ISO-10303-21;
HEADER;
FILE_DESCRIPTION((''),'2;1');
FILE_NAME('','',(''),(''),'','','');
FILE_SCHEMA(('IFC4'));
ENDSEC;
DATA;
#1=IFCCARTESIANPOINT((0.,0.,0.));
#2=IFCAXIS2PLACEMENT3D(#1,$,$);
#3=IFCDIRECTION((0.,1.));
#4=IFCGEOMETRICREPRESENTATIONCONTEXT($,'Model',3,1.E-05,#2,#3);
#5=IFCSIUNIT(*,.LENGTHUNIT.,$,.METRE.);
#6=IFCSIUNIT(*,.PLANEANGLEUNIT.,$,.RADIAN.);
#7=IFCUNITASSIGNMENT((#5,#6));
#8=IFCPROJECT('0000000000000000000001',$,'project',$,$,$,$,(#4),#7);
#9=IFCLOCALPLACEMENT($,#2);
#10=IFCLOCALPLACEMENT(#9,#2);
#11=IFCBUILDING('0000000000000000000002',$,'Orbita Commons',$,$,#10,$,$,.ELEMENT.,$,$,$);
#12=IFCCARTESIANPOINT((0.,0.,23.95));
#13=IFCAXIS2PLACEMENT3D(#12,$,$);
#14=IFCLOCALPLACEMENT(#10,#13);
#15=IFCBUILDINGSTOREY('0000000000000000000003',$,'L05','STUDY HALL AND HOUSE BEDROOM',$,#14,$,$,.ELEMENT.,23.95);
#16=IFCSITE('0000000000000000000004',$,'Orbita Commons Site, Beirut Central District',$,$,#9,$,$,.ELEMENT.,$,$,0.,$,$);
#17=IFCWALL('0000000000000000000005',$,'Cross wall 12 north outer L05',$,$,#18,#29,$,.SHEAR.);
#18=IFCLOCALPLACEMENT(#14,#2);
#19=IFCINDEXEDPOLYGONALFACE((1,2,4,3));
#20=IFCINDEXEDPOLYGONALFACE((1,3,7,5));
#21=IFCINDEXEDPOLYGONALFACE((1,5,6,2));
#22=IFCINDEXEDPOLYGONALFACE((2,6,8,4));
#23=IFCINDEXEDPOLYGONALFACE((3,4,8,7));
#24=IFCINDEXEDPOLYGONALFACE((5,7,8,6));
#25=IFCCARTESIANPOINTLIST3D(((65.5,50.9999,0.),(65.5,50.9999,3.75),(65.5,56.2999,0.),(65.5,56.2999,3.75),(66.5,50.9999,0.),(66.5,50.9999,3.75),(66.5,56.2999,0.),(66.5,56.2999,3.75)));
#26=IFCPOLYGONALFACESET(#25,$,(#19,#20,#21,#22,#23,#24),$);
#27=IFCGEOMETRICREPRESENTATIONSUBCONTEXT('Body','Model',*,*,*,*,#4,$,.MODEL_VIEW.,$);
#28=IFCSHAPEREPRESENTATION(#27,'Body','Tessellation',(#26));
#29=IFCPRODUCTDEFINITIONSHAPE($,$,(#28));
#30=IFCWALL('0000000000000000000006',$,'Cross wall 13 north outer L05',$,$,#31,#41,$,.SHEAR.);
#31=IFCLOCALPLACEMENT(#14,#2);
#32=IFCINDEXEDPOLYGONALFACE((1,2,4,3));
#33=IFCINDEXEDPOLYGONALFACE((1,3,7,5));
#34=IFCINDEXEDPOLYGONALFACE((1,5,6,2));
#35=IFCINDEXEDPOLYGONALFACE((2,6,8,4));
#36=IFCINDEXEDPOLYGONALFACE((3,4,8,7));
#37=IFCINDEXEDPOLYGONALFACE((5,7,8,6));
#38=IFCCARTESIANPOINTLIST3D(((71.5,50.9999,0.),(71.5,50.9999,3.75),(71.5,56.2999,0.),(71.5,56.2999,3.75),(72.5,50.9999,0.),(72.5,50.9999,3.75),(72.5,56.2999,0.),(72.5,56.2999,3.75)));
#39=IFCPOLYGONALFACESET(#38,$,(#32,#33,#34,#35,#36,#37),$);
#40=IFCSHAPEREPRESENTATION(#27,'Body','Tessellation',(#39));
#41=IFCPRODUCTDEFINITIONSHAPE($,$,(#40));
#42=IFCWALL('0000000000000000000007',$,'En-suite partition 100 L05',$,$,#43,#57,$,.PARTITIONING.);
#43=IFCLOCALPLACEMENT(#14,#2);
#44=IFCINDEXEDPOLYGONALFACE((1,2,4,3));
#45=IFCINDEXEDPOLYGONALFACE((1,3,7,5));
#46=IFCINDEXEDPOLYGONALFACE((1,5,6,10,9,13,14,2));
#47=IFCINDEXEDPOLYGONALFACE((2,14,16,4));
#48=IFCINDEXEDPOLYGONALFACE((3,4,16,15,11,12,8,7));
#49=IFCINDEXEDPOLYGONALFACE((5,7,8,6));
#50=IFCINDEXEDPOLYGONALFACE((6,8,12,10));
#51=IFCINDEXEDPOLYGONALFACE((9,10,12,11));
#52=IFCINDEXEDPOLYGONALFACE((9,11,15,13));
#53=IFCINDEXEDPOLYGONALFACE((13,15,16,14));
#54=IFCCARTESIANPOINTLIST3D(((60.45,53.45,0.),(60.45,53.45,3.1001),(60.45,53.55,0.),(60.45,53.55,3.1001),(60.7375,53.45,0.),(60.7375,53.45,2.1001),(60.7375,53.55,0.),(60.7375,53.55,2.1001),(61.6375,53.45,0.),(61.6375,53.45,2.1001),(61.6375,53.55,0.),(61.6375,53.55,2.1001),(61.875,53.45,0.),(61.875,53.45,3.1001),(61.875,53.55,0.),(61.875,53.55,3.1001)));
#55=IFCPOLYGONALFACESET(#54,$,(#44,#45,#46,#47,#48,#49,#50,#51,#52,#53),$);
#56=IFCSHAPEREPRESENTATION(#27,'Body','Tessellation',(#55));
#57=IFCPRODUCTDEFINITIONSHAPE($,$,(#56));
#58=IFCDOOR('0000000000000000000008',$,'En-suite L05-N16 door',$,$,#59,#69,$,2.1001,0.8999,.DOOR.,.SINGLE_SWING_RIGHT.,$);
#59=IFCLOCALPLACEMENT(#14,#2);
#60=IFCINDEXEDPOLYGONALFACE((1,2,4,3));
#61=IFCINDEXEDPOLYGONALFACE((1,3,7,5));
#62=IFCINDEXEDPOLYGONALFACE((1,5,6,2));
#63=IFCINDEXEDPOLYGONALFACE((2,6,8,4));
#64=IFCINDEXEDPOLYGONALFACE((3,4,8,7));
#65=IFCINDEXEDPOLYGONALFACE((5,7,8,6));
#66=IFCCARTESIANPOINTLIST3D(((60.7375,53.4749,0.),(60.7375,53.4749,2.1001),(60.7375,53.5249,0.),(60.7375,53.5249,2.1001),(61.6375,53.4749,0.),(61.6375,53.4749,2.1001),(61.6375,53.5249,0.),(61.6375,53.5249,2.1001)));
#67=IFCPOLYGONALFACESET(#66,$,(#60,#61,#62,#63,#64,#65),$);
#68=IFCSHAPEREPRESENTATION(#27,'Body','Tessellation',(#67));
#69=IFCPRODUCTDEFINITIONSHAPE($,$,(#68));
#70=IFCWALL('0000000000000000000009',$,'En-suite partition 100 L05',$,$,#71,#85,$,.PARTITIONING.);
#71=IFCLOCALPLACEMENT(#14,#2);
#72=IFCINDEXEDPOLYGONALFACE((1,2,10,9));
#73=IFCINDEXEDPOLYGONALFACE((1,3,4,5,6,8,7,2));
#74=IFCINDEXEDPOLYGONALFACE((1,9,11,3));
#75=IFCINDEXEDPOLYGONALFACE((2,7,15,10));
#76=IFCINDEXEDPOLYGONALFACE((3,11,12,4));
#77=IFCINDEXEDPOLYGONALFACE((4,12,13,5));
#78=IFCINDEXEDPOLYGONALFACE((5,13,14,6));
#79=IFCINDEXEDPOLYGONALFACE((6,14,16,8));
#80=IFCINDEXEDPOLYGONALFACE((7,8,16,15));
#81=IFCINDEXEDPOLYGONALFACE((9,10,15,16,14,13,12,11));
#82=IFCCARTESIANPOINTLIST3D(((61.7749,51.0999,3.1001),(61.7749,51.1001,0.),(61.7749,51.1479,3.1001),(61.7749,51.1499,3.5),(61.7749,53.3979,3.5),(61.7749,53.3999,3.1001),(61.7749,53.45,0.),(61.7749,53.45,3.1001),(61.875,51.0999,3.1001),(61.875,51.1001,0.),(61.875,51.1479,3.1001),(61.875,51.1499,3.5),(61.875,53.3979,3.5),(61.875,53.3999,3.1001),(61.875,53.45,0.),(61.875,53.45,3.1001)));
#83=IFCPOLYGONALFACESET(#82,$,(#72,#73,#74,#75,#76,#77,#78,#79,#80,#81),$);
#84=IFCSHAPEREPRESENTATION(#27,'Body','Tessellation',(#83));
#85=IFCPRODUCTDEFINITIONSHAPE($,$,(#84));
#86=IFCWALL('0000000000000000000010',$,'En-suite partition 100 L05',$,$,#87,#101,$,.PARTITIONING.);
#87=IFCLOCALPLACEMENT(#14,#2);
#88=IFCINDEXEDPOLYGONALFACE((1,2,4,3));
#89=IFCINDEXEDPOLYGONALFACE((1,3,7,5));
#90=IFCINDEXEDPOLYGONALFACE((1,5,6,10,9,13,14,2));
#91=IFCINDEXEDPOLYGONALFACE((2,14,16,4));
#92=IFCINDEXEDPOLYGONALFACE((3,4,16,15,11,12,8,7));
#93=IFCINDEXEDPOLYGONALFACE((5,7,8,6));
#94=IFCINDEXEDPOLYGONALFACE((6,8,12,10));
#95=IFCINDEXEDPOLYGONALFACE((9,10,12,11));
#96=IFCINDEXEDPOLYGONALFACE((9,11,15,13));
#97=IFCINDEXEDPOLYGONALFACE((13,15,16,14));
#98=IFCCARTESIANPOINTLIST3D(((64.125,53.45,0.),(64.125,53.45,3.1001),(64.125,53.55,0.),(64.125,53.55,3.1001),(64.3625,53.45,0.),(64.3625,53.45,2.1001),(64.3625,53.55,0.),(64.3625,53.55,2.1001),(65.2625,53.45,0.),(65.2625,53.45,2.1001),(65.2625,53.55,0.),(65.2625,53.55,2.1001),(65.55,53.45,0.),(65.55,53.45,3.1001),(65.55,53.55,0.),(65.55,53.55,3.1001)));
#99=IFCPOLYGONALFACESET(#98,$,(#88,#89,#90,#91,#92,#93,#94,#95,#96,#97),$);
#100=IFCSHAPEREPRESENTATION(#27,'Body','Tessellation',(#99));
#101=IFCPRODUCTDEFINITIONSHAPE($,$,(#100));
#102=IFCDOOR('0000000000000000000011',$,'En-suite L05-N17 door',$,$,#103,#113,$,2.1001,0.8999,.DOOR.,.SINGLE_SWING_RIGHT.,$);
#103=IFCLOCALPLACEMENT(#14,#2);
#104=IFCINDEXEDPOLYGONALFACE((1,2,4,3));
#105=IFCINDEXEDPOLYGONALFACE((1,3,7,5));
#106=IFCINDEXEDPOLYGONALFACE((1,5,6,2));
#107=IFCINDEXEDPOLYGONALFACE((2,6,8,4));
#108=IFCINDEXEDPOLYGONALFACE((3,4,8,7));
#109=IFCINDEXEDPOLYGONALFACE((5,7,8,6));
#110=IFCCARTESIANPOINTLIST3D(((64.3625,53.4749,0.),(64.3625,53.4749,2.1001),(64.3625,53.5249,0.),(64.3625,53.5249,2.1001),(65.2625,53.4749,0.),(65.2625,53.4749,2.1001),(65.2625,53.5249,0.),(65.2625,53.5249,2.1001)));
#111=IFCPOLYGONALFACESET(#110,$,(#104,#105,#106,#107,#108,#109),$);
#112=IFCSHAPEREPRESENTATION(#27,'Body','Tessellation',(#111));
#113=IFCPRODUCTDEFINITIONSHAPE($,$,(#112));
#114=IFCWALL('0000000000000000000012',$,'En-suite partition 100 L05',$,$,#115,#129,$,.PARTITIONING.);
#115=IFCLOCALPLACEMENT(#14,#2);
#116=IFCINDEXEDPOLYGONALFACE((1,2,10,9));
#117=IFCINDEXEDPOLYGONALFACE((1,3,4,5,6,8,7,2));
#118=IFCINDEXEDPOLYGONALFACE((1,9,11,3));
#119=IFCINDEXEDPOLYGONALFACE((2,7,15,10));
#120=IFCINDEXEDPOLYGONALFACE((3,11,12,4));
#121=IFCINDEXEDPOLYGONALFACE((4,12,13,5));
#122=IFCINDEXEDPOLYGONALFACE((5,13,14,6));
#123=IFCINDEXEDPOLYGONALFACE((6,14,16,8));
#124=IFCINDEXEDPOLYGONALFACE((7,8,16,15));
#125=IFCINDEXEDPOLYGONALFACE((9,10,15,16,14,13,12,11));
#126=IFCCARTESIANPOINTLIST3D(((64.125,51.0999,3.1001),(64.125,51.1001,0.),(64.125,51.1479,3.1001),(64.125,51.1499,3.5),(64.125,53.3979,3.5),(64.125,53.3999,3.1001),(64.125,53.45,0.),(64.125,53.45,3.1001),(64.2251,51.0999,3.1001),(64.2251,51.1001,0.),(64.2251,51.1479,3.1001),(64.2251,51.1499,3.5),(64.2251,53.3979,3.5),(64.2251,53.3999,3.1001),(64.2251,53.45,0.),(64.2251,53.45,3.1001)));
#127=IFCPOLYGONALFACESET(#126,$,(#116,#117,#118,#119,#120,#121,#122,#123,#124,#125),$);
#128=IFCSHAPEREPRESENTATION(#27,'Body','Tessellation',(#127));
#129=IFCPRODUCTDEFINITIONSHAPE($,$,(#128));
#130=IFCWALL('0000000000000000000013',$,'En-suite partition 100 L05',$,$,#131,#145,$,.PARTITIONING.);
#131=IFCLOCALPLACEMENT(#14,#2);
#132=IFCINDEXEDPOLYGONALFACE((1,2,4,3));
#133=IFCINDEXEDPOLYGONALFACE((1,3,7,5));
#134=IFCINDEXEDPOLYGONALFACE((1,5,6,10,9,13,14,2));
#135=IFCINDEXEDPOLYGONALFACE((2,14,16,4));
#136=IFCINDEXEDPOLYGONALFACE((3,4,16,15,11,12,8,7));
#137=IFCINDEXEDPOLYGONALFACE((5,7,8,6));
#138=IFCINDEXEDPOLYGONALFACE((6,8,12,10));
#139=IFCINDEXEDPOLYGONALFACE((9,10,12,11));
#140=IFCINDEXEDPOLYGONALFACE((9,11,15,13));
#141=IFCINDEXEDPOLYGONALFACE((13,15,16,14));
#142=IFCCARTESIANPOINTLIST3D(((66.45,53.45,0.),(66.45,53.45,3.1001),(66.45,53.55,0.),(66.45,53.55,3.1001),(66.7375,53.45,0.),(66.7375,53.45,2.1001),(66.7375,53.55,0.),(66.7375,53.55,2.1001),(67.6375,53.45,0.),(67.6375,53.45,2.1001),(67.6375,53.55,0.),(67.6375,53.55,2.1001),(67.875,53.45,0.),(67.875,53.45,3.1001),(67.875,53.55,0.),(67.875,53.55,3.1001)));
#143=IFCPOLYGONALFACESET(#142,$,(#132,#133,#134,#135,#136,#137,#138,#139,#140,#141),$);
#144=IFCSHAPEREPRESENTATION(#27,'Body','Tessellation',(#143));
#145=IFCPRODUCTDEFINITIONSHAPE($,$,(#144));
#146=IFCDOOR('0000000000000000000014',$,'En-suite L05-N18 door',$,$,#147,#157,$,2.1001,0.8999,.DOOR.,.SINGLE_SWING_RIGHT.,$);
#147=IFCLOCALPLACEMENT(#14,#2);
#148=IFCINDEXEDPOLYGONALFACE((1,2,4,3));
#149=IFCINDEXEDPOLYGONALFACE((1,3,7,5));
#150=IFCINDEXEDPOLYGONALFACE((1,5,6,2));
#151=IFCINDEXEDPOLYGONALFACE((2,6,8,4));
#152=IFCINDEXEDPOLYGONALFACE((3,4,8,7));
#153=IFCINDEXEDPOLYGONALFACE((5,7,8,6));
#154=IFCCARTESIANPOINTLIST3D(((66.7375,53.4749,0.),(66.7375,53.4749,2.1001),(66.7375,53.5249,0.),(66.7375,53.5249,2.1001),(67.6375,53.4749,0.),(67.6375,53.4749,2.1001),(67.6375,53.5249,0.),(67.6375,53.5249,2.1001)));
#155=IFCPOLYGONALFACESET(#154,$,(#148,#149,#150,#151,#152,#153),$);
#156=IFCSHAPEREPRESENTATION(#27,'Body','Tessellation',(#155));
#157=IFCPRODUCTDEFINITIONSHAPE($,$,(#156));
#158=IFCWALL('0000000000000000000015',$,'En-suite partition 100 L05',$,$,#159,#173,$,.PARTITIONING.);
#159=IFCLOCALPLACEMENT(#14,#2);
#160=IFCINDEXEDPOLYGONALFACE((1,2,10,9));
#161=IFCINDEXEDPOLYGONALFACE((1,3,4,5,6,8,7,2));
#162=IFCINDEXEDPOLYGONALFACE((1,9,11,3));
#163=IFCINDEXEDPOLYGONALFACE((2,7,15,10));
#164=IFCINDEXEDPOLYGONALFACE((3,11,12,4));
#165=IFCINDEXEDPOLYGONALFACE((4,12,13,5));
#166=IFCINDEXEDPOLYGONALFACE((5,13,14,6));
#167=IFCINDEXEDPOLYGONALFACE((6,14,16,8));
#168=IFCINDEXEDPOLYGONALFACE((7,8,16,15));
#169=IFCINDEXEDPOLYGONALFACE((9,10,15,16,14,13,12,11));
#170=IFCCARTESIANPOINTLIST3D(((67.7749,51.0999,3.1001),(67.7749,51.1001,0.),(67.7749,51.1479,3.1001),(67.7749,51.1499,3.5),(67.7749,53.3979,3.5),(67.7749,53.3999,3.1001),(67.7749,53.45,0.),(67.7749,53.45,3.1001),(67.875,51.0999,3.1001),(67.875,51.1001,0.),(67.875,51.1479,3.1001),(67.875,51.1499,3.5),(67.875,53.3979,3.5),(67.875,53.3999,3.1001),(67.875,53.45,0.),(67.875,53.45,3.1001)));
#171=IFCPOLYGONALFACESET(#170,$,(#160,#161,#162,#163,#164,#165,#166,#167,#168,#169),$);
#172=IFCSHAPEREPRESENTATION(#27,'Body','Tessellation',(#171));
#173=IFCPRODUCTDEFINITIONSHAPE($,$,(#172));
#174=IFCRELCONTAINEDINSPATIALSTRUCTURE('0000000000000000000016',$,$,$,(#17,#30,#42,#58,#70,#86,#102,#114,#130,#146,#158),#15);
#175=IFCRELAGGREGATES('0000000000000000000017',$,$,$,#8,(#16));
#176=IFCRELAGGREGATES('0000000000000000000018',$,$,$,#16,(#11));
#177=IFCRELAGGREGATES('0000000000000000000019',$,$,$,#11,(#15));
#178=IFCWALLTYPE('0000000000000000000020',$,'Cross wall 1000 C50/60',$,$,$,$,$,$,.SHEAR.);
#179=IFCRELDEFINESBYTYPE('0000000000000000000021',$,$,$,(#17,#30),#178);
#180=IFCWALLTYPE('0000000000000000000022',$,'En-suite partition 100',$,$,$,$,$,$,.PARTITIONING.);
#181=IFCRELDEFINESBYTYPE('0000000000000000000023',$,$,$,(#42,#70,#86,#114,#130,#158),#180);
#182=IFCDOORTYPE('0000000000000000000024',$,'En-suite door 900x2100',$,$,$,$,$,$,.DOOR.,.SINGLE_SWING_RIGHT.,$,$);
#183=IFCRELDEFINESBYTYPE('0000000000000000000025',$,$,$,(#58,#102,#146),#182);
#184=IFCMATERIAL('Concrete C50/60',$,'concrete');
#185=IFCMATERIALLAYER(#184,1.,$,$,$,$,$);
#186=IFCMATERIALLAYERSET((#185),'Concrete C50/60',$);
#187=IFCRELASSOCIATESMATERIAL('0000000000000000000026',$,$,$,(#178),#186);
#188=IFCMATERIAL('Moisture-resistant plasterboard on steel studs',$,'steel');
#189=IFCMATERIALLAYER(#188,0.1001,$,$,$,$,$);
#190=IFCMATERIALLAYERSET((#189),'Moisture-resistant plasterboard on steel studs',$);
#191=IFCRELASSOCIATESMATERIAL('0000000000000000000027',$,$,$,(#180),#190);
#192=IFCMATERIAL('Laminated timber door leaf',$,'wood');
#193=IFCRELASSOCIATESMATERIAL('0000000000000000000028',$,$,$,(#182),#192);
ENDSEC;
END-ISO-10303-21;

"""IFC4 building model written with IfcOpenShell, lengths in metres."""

from ifc_helpers import new_model, si_unit, direction, frame, frame_2d, origin, place, context, subcontext, project, spatial, polyline, rectangle, outline, extrude, material, layer, layer_set, type_object, element, fill, save


model = new_model("IFC4")

# Units and contexts
model_context = context("Model", 3, precision=1e-05, world=origin(), true_north=direction((0.0, 1.0)))
body_context = subcontext(model_context, "Body", "Model", "MODEL_VIEW")
ifc_project = project(units=[si_unit("LENGTHUNIT", "METRE"), si_unit("PLANEANGLEUNIT", "RADIAN")], contexts=[model_context])

# Site, building, storey
site_placement = place(None, origin())
site = spatial("IfcSite", under=ifc_project, at=site_placement, Name="Orbita Commons Site, Beirut Central District", CompositionType="ELEMENT", RefElevation=0.0)
building_placement = place(site_placement, origin())
building = spatial("IfcBuilding", under=site, at=building_placement, Name="Orbita Commons", CompositionType="ELEMENT")
storey_placement = place(building_placement, frame((0.0, 0.0, 23.95)))
storey = spatial("IfcBuildingStorey", under=building, at=storey_placement, Name="L05", Description="STUDY HALL AND HOUSE BEDROOM", CompositionType="ELEMENT", Elevation=23.95)

# Walls
ifc_material_1 = material(Name="Concrete C50/60", Category="concrete")
ifc_layer_1 = layer(ifc_material_1, 1.0)
ifc_layer_set_1 = layer_set([ifc_layer_1], Name="Concrete C50/60")
wall_type_1 = type_object("IfcWallType", Name="Cross wall 1000 C50/60", PredefinedType="SHEAR", material=ifc_layer_set_1)
for number, where, z_axis, x_axis, name in (
    (1, (66.0, 51.0, 0.0), (0.0, 0.0, 1.0), (0.0, 1.0, 0.0), "Cross wall 12 north outer L05"),
    (2, (72.0, 51.0, 0.0), (0.0, 0.0, 1.0), (0.0, 1.0, 0.0), "Cross wall 13 north outer L05"),
):
    element("IfcWall", number, at=place(storey_placement, frame(where, z_axis=z_axis, x_axis=x_axis)), inside=storey, type_object=wall_type_1, Name=name, PredefinedType="SHEAR", context=body_context, shape_type="SweptSolid", body=[
        extrude(rectangle(XDim=5.3, YDim=1.0, at=frame_2d((2.6499, 0.0))), origin(), (0.0, 0.0, 1.0), 3.75),
    ])

# Wall, opening, door
ifc_material_2 = material(Name="Moisture-resistant plasterboard on steel studs", Category="steel")
ifc_layer_2 = layer(ifc_material_2, 0.1001)
ifc_layer_set_2 = layer_set([ifc_layer_2], Name="Moisture-resistant plasterboard on steel studs")
wall_type_2 = type_object("IfcWallType", Name="En-suite partition 100", PredefinedType="PARTITIONING", material=ifc_layer_set_2)
wall_1_placement = place(storey_placement, frame((60.45, 53.5, 0.0), z_axis=(0.0, 0.0, 1.0), x_axis=(1.0, 0.0, 0.0)))
wall_1 = element("IfcWall", 3, at=wall_1_placement, inside=storey, type_object=wall_type_2, Name="En-suite partition 100 L05", PredefinedType="PARTITIONING", context=body_context, shape_type="SweptSolid", body=[
    extrude(outline(polyline([(0.0, 0.0), (1.425, 0.0), (1.425, 3.1001), (0.0, 3.1001), (0.0, 0.0)])), frame((0.0, 0.05, 0.0), z_axis=(0.0, -1.0, 0.0), x_axis=(1.0, 0.0, 0.0)), (0.0, 0.0, 1.0), 0.1001),
])
opening_1_placement = place(wall_1_placement, frame((0.2876, 0.0, 0.0)))
opening_1 = element("IfcOpeningElement", 4, at=opening_1_placement, cuts=wall_1, PredefinedType="OPENING", context=body_context, shape_type="SweptSolid", body=[
    extrude(rectangle(XDim=0.8999, YDim=2.1001, at=frame_2d((0.45, 1.05))), frame((0.0, 0.0601, 0.0), z_axis=(0.0, -1.0, 0.0), x_axis=(1.0, 0.0, 0.0)), (0.0, 0.0, 1.0), 0.1201),
])
ifc_material_3 = material(Name="Laminated timber door leaf", Category="wood")
door_type_1 = type_object("IfcDoorType", Name="En-suite door 900x2100", OperationType="SINGLE_SWING_RIGHT", PredefinedType="DOOR", material=ifc_material_3)
door_1_placement = place(opening_1_placement, origin())
door_1 = element("IfcDoor", 5, at=door_1_placement, inside=storey, type_object=door_type_1, Name="En-suite L05-N16 door", OperationType="SINGLE_SWING_RIGHT", OverallHeight=2.1001, OverallWidth=0.8999, PredefinedType="DOOR", context=body_context, shape_type="SweptSolid", body=[
    extrude(rectangle(XDim=0.8999, YDim=2.1001, at=frame_2d((0.45, 1.05))), frame((0.0, 0.0249, 0.0), z_axis=(0.0, -1.0, 0.0), x_axis=(1.0, 0.0, 0.0)), (0.0, 0.0, 1.0), 0.05),
])
fill(opening_1, door_1)

# Wall
wall_2_placement = place(storey_placement, frame((61.825, 53.45, 0.0), z_axis=(0.0, 0.0, 1.0), x_axis=(0.0, -1.0, 0.0)))
element("IfcWall", 6, at=wall_2_placement, inside=storey, type_object=wall_type_2, Name="En-suite partition 100 L05", PredefinedType="PARTITIONING", context=body_context, shape_type="SweptSolid", body=[
    extrude(outline(polyline([(0.0, 0.0), (2.3499, 0.0), (2.3501, 3.1001), (2.302, 3.1001), (2.3, 3.5), (0.052, 3.5), (0.05, 3.1001), (0.0, 3.1001), (0.0, 0.0)])), frame((0.0, 0.05, 0.0), z_axis=(0.0, -1.0, 0.0), x_axis=(1.0, 0.0, 0.0)), (0.0, 0.0, 1.0), 0.1001),
])

# Wall, opening, door
wall_3_placement = place(storey_placement, frame((64.125, 53.5, 0.0), z_axis=(0.0, 0.0, 1.0), x_axis=(1.0, 0.0, 0.0)))
wall_3 = element("IfcWall", 7, at=wall_3_placement, inside=storey, type_object=wall_type_2, Name="En-suite partition 100 L05", PredefinedType="PARTITIONING", context=body_context, shape_type="SweptSolid", body=[
    extrude(outline(polyline([(0.0, 0.0), (1.425, 0.0), (1.425, 3.1001), (0.0, 3.1001), (0.0, 0.0)])), frame((0.0, 0.05, 0.0), z_axis=(0.0, -1.0, 0.0), x_axis=(1.0, 0.0, 0.0)), (0.0, 0.0, 1.0), 0.1001),
])
opening_2_placement = place(wall_3_placement, frame((0.2375, 0.0, 0.0)))
opening_2 = element("IfcOpeningElement", 8, at=opening_2_placement, cuts=wall_3, PredefinedType="OPENING", context=body_context, shape_type="SweptSolid", body=[
    extrude(rectangle(XDim=0.8999, YDim=2.1001, at=frame_2d((0.45, 1.05))), frame((0.0, 0.0601, 0.0), z_axis=(0.0, -1.0, 0.0), x_axis=(1.0, 0.0, 0.0)), (0.0, 0.0, 1.0), 0.1201),
])
door_2_placement = place(opening_2_placement, origin())
door_2 = element("IfcDoor", 9, at=door_2_placement, inside=storey, type_object=door_type_1, Name="En-suite L05-N17 door", OperationType="SINGLE_SWING_RIGHT", OverallHeight=2.1001, OverallWidth=0.8999, PredefinedType="DOOR", context=body_context, shape_type="SweptSolid", body=[
    extrude(rectangle(XDim=0.8999, YDim=2.1001, at=frame_2d((0.45, 1.05))), frame((0.0, 0.0249, 0.0), z_axis=(0.0, -1.0, 0.0), x_axis=(1.0, 0.0, 0.0)), (0.0, 0.0, 1.0), 0.05),
])
fill(opening_2, door_2)

# Wall
wall_4_placement = place(storey_placement, frame((64.175, 53.45, 0.0), z_axis=(0.0, 0.0, 1.0), x_axis=(0.0, -1.0, 0.0)))
element("IfcWall", 10, at=wall_4_placement, inside=storey, type_object=wall_type_2, Name="En-suite partition 100 L05", PredefinedType="PARTITIONING", context=body_context, shape_type="SweptSolid", body=[
    extrude(outline(polyline([(0.0, 0.0), (2.3499, 0.0), (2.3501, 3.1001), (2.302, 3.1001), (2.3, 3.5), (0.052, 3.5), (0.05, 3.1001), (0.0, 3.1001), (0.0, 0.0)])), frame((0.0, 0.05, 0.0), z_axis=(0.0, -1.0, 0.0), x_axis=(1.0, 0.0, 0.0)), (0.0, 0.0, 1.0), 0.1001),
])

# Wall, opening, door
wall_5_placement = place(storey_placement, frame((66.45, 53.5, 0.0), z_axis=(0.0, 0.0, 1.0), x_axis=(1.0, 0.0, 0.0)))
wall_5 = element("IfcWall", 11, at=wall_5_placement, inside=storey, type_object=wall_type_2, Name="En-suite partition 100 L05", PredefinedType="PARTITIONING", context=body_context, shape_type="SweptSolid", body=[
    extrude(outline(polyline([(0.0, 0.0), (1.425, 0.0), (1.425, 3.1001), (0.0, 3.1001), (0.0, 0.0)])), frame((0.0, 0.05, 0.0), z_axis=(0.0, -1.0, 0.0), x_axis=(1.0, 0.0, 0.0)), (0.0, 0.0, 1.0), 0.1001),
])
opening_3_placement = place(wall_5_placement, frame((0.2876, 0.0, 0.0)))
opening_3 = element("IfcOpeningElement", 12, at=opening_3_placement, cuts=wall_5, PredefinedType="OPENING", context=body_context, shape_type="SweptSolid", body=[
    extrude(rectangle(XDim=0.8999, YDim=2.1001, at=frame_2d((0.45, 1.05))), frame((0.0, 0.0601, 0.0), z_axis=(0.0, -1.0, 0.0), x_axis=(1.0, 0.0, 0.0)), (0.0, 0.0, 1.0), 0.1201),
])
door_3_placement = place(opening_3_placement, origin())
door_3 = element("IfcDoor", 13, at=door_3_placement, inside=storey, type_object=door_type_1, Name="En-suite L05-N18 door", OperationType="SINGLE_SWING_RIGHT", OverallHeight=2.1001, OverallWidth=0.8999, PredefinedType="DOOR", context=body_context, shape_type="SweptSolid", body=[
    extrude(rectangle(XDim=0.8999, YDim=2.1001, at=frame_2d((0.45, 1.05))), frame((0.0, 0.0249, 0.0), z_axis=(0.0, -1.0, 0.0), x_axis=(1.0, 0.0, 0.0)), (0.0, 0.0, 1.0), 0.05),
])
fill(opening_3, door_3)

# Wall
wall_6_placement = place(storey_placement, frame((67.825, 53.45, 0.0), z_axis=(0.0, 0.0, 1.0), x_axis=(0.0, -1.0, 0.0)))
element("IfcWall", 14, at=wall_6_placement, inside=storey, type_object=wall_type_2, Name="En-suite partition 100 L05", PredefinedType="PARTITIONING", context=body_context, shape_type="SweptSolid", body=[
    extrude(outline(polyline([(0.0, 0.0), (2.3499, 0.0), (2.3501, 3.1001), (2.302, 3.1001), (2.3, 3.5), (0.052, 3.5), (0.05, 3.1001), (0.0, 3.1001), (0.0, 0.0)])), frame((0.0, 0.05, 0.0), z_axis=(0.0, -1.0, 0.0), x_axis=(1.0, 0.0, 0.0)), (0.0, 0.0, 1.0), 0.1001),
])

save(model, "model.ifc")
